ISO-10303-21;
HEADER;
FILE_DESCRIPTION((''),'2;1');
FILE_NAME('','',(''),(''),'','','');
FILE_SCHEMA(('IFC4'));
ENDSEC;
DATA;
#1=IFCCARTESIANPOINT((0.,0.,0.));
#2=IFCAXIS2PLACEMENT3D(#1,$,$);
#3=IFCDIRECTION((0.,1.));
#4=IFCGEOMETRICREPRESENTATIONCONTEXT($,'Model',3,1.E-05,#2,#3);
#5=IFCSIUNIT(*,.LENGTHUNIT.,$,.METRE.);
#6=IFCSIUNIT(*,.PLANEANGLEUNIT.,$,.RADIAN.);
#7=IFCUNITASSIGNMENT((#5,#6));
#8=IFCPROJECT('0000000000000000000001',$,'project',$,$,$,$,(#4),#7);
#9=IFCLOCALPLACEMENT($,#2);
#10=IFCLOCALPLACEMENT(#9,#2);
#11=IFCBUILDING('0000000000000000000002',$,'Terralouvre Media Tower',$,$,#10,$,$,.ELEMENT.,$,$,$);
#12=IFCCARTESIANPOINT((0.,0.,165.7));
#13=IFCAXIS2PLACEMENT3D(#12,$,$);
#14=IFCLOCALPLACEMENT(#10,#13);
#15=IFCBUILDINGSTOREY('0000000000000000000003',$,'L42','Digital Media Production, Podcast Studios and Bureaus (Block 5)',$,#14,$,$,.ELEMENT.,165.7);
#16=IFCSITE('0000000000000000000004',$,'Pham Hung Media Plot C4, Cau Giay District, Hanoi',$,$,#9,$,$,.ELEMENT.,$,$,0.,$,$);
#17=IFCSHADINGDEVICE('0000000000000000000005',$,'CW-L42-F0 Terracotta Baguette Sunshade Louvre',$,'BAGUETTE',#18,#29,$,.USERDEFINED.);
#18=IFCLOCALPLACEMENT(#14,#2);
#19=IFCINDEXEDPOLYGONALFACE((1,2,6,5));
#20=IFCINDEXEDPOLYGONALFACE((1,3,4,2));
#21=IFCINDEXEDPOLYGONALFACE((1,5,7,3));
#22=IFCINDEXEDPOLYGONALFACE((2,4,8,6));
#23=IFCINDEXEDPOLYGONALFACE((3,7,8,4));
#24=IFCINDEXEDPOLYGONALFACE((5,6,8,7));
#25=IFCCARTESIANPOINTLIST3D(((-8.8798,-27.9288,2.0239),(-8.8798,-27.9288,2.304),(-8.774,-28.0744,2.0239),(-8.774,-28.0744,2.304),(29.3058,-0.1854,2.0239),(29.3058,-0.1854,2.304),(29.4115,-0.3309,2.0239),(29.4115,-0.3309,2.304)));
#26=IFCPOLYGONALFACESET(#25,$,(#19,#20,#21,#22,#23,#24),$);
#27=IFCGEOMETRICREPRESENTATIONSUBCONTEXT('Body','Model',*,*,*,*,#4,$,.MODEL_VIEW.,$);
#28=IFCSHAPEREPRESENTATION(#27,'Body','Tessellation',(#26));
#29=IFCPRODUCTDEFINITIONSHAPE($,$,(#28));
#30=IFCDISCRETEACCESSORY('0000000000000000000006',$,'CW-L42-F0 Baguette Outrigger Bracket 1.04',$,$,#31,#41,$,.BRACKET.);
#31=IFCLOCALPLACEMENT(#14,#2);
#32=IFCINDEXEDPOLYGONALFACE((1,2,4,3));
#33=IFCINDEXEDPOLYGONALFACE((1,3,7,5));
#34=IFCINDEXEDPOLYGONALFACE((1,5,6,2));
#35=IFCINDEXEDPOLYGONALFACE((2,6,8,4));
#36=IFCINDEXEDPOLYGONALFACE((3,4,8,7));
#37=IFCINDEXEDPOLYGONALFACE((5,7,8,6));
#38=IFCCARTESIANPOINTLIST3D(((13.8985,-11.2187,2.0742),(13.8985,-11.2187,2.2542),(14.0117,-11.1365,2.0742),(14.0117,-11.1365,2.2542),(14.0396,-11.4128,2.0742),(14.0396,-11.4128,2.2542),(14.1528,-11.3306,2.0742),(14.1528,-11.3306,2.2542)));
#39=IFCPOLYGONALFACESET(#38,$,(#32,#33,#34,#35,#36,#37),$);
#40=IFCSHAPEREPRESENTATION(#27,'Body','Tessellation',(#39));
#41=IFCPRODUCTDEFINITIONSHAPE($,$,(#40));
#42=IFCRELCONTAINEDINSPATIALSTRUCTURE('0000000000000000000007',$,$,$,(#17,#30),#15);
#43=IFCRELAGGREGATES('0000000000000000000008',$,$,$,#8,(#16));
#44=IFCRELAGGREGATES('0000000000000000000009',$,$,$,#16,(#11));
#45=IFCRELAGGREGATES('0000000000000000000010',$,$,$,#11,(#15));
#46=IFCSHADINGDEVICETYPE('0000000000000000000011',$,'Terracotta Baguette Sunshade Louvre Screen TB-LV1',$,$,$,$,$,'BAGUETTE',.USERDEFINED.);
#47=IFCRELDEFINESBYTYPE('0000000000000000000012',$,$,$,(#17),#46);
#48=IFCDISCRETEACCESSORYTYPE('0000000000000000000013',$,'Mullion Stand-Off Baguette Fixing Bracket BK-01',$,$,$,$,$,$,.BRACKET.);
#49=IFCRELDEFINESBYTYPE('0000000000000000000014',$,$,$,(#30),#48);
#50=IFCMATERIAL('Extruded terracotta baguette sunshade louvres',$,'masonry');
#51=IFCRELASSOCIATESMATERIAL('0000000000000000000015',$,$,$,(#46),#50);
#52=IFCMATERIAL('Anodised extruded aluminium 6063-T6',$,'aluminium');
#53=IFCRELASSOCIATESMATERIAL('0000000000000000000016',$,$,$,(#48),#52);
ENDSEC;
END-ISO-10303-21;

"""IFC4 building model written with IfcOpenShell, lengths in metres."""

from ifc_helpers import new_model, si_unit, direction, frame, origin, origin_2d, place, context, subcontext, project, spatial, rectangle, extrude, material, type_object, element, save


model = new_model("IFC4")

# Units and contexts
model_context = context("Model", 3, precision=1e-05, world=origin(), true_north=direction((0.0, 1.0)))
body_context = subcontext(model_context, "Body", "Model", "MODEL_VIEW")
ifc_project = project(units=[si_unit("LENGTHUNIT", "METRE"), si_unit("PLANEANGLEUNIT", "RADIAN")], contexts=[model_context])

# Site, building, storey
site_placement = place(None, origin())
site = spatial("IfcSite", under=ifc_project, at=site_placement, Name="Pham Hung Media Plot C4, Cau Giay District, Hanoi", CompositionType="ELEMENT", RefElevation=0.0)
building_placement = place(site_placement, origin())
building = spatial("IfcBuilding", under=site, at=building_placement, Name="Terralouvre Media Tower", CompositionType="ELEMENT")
storey_placement = place(building_placement, frame((0.0, 0.0, 165.7)))
storey = spatial("IfcBuildingStorey", under=building, at=storey_placement, Name="L42", Description="Digital Media Production, Podcast Studios and Bureaus (Block 5)", CompositionType="ELEMENT", Elevation=165.7)

# Shading device
ifc_material_1 = material(Name="Extruded terracotta baguette sunshade louvres", Category="masonry")
shading_device_type = type_object("IfcShadingDeviceType", Name="Terracotta Baguette Sunshade Louvre Screen TB-LV1", ElementType="BAGUETTE", PredefinedType="USERDEFINED", material=ifc_material_1)
shading_device_placement = place(storey_placement, frame((10.2659, -14.1299, 2.0239), z_axis=(0.0, 0.0, 1.0), x_axis=(0.809017, 0.587785, 0.0)))
element("IfcShadingDevice", 1, at=shading_device_placement, inside=storey, type_object=shading_device_type, Name="CW-L42-F0 Terracotta Baguette Sunshade Louvre", ObjectType="BAGUETTE", PredefinedType="USERDEFINED", context=body_context, shape_type="SweptSolid", body=[
    extrude(rectangle(XDim=47.2, YDim=0.1799, at=origin_2d()), origin(), (0.0, 0.0, 1.0), 0.28),
])

# Discrete accessory
ifc_material_2 = material(Name="Anodised extruded aluminium 6063-T6", Category="aluminium")
discrete_accessory_type = type_object("IfcDiscreteAccessoryType", Name="Mullion Stand-Off Baguette Fixing Bracket BK-01", PredefinedType="BRACKET", material=ifc_material_2)
discrete_accessory_placement = place(storey_placement, frame((14.0256, -11.2747, 2.0742), z_axis=(0.0, 0.0, 1.0), x_axis=(0.809017, 0.587785, 0.0)))
element("IfcDiscreteAccessory", 2, at=discrete_accessory_placement, inside=storey, type_object=discrete_accessory_type, Name="CW-L42-F0 Baguette Outrigger Bracket 1.04", PredefinedType="BRACKET", context=body_context, shape_type="SweptSolid", body=[
    extrude(rectangle(XDim=0.1399, YDim=0.24, at=origin_2d()), origin(), (0.0, 0.0, 1.0), 0.1799),
])

save(model, "model.ifc")
